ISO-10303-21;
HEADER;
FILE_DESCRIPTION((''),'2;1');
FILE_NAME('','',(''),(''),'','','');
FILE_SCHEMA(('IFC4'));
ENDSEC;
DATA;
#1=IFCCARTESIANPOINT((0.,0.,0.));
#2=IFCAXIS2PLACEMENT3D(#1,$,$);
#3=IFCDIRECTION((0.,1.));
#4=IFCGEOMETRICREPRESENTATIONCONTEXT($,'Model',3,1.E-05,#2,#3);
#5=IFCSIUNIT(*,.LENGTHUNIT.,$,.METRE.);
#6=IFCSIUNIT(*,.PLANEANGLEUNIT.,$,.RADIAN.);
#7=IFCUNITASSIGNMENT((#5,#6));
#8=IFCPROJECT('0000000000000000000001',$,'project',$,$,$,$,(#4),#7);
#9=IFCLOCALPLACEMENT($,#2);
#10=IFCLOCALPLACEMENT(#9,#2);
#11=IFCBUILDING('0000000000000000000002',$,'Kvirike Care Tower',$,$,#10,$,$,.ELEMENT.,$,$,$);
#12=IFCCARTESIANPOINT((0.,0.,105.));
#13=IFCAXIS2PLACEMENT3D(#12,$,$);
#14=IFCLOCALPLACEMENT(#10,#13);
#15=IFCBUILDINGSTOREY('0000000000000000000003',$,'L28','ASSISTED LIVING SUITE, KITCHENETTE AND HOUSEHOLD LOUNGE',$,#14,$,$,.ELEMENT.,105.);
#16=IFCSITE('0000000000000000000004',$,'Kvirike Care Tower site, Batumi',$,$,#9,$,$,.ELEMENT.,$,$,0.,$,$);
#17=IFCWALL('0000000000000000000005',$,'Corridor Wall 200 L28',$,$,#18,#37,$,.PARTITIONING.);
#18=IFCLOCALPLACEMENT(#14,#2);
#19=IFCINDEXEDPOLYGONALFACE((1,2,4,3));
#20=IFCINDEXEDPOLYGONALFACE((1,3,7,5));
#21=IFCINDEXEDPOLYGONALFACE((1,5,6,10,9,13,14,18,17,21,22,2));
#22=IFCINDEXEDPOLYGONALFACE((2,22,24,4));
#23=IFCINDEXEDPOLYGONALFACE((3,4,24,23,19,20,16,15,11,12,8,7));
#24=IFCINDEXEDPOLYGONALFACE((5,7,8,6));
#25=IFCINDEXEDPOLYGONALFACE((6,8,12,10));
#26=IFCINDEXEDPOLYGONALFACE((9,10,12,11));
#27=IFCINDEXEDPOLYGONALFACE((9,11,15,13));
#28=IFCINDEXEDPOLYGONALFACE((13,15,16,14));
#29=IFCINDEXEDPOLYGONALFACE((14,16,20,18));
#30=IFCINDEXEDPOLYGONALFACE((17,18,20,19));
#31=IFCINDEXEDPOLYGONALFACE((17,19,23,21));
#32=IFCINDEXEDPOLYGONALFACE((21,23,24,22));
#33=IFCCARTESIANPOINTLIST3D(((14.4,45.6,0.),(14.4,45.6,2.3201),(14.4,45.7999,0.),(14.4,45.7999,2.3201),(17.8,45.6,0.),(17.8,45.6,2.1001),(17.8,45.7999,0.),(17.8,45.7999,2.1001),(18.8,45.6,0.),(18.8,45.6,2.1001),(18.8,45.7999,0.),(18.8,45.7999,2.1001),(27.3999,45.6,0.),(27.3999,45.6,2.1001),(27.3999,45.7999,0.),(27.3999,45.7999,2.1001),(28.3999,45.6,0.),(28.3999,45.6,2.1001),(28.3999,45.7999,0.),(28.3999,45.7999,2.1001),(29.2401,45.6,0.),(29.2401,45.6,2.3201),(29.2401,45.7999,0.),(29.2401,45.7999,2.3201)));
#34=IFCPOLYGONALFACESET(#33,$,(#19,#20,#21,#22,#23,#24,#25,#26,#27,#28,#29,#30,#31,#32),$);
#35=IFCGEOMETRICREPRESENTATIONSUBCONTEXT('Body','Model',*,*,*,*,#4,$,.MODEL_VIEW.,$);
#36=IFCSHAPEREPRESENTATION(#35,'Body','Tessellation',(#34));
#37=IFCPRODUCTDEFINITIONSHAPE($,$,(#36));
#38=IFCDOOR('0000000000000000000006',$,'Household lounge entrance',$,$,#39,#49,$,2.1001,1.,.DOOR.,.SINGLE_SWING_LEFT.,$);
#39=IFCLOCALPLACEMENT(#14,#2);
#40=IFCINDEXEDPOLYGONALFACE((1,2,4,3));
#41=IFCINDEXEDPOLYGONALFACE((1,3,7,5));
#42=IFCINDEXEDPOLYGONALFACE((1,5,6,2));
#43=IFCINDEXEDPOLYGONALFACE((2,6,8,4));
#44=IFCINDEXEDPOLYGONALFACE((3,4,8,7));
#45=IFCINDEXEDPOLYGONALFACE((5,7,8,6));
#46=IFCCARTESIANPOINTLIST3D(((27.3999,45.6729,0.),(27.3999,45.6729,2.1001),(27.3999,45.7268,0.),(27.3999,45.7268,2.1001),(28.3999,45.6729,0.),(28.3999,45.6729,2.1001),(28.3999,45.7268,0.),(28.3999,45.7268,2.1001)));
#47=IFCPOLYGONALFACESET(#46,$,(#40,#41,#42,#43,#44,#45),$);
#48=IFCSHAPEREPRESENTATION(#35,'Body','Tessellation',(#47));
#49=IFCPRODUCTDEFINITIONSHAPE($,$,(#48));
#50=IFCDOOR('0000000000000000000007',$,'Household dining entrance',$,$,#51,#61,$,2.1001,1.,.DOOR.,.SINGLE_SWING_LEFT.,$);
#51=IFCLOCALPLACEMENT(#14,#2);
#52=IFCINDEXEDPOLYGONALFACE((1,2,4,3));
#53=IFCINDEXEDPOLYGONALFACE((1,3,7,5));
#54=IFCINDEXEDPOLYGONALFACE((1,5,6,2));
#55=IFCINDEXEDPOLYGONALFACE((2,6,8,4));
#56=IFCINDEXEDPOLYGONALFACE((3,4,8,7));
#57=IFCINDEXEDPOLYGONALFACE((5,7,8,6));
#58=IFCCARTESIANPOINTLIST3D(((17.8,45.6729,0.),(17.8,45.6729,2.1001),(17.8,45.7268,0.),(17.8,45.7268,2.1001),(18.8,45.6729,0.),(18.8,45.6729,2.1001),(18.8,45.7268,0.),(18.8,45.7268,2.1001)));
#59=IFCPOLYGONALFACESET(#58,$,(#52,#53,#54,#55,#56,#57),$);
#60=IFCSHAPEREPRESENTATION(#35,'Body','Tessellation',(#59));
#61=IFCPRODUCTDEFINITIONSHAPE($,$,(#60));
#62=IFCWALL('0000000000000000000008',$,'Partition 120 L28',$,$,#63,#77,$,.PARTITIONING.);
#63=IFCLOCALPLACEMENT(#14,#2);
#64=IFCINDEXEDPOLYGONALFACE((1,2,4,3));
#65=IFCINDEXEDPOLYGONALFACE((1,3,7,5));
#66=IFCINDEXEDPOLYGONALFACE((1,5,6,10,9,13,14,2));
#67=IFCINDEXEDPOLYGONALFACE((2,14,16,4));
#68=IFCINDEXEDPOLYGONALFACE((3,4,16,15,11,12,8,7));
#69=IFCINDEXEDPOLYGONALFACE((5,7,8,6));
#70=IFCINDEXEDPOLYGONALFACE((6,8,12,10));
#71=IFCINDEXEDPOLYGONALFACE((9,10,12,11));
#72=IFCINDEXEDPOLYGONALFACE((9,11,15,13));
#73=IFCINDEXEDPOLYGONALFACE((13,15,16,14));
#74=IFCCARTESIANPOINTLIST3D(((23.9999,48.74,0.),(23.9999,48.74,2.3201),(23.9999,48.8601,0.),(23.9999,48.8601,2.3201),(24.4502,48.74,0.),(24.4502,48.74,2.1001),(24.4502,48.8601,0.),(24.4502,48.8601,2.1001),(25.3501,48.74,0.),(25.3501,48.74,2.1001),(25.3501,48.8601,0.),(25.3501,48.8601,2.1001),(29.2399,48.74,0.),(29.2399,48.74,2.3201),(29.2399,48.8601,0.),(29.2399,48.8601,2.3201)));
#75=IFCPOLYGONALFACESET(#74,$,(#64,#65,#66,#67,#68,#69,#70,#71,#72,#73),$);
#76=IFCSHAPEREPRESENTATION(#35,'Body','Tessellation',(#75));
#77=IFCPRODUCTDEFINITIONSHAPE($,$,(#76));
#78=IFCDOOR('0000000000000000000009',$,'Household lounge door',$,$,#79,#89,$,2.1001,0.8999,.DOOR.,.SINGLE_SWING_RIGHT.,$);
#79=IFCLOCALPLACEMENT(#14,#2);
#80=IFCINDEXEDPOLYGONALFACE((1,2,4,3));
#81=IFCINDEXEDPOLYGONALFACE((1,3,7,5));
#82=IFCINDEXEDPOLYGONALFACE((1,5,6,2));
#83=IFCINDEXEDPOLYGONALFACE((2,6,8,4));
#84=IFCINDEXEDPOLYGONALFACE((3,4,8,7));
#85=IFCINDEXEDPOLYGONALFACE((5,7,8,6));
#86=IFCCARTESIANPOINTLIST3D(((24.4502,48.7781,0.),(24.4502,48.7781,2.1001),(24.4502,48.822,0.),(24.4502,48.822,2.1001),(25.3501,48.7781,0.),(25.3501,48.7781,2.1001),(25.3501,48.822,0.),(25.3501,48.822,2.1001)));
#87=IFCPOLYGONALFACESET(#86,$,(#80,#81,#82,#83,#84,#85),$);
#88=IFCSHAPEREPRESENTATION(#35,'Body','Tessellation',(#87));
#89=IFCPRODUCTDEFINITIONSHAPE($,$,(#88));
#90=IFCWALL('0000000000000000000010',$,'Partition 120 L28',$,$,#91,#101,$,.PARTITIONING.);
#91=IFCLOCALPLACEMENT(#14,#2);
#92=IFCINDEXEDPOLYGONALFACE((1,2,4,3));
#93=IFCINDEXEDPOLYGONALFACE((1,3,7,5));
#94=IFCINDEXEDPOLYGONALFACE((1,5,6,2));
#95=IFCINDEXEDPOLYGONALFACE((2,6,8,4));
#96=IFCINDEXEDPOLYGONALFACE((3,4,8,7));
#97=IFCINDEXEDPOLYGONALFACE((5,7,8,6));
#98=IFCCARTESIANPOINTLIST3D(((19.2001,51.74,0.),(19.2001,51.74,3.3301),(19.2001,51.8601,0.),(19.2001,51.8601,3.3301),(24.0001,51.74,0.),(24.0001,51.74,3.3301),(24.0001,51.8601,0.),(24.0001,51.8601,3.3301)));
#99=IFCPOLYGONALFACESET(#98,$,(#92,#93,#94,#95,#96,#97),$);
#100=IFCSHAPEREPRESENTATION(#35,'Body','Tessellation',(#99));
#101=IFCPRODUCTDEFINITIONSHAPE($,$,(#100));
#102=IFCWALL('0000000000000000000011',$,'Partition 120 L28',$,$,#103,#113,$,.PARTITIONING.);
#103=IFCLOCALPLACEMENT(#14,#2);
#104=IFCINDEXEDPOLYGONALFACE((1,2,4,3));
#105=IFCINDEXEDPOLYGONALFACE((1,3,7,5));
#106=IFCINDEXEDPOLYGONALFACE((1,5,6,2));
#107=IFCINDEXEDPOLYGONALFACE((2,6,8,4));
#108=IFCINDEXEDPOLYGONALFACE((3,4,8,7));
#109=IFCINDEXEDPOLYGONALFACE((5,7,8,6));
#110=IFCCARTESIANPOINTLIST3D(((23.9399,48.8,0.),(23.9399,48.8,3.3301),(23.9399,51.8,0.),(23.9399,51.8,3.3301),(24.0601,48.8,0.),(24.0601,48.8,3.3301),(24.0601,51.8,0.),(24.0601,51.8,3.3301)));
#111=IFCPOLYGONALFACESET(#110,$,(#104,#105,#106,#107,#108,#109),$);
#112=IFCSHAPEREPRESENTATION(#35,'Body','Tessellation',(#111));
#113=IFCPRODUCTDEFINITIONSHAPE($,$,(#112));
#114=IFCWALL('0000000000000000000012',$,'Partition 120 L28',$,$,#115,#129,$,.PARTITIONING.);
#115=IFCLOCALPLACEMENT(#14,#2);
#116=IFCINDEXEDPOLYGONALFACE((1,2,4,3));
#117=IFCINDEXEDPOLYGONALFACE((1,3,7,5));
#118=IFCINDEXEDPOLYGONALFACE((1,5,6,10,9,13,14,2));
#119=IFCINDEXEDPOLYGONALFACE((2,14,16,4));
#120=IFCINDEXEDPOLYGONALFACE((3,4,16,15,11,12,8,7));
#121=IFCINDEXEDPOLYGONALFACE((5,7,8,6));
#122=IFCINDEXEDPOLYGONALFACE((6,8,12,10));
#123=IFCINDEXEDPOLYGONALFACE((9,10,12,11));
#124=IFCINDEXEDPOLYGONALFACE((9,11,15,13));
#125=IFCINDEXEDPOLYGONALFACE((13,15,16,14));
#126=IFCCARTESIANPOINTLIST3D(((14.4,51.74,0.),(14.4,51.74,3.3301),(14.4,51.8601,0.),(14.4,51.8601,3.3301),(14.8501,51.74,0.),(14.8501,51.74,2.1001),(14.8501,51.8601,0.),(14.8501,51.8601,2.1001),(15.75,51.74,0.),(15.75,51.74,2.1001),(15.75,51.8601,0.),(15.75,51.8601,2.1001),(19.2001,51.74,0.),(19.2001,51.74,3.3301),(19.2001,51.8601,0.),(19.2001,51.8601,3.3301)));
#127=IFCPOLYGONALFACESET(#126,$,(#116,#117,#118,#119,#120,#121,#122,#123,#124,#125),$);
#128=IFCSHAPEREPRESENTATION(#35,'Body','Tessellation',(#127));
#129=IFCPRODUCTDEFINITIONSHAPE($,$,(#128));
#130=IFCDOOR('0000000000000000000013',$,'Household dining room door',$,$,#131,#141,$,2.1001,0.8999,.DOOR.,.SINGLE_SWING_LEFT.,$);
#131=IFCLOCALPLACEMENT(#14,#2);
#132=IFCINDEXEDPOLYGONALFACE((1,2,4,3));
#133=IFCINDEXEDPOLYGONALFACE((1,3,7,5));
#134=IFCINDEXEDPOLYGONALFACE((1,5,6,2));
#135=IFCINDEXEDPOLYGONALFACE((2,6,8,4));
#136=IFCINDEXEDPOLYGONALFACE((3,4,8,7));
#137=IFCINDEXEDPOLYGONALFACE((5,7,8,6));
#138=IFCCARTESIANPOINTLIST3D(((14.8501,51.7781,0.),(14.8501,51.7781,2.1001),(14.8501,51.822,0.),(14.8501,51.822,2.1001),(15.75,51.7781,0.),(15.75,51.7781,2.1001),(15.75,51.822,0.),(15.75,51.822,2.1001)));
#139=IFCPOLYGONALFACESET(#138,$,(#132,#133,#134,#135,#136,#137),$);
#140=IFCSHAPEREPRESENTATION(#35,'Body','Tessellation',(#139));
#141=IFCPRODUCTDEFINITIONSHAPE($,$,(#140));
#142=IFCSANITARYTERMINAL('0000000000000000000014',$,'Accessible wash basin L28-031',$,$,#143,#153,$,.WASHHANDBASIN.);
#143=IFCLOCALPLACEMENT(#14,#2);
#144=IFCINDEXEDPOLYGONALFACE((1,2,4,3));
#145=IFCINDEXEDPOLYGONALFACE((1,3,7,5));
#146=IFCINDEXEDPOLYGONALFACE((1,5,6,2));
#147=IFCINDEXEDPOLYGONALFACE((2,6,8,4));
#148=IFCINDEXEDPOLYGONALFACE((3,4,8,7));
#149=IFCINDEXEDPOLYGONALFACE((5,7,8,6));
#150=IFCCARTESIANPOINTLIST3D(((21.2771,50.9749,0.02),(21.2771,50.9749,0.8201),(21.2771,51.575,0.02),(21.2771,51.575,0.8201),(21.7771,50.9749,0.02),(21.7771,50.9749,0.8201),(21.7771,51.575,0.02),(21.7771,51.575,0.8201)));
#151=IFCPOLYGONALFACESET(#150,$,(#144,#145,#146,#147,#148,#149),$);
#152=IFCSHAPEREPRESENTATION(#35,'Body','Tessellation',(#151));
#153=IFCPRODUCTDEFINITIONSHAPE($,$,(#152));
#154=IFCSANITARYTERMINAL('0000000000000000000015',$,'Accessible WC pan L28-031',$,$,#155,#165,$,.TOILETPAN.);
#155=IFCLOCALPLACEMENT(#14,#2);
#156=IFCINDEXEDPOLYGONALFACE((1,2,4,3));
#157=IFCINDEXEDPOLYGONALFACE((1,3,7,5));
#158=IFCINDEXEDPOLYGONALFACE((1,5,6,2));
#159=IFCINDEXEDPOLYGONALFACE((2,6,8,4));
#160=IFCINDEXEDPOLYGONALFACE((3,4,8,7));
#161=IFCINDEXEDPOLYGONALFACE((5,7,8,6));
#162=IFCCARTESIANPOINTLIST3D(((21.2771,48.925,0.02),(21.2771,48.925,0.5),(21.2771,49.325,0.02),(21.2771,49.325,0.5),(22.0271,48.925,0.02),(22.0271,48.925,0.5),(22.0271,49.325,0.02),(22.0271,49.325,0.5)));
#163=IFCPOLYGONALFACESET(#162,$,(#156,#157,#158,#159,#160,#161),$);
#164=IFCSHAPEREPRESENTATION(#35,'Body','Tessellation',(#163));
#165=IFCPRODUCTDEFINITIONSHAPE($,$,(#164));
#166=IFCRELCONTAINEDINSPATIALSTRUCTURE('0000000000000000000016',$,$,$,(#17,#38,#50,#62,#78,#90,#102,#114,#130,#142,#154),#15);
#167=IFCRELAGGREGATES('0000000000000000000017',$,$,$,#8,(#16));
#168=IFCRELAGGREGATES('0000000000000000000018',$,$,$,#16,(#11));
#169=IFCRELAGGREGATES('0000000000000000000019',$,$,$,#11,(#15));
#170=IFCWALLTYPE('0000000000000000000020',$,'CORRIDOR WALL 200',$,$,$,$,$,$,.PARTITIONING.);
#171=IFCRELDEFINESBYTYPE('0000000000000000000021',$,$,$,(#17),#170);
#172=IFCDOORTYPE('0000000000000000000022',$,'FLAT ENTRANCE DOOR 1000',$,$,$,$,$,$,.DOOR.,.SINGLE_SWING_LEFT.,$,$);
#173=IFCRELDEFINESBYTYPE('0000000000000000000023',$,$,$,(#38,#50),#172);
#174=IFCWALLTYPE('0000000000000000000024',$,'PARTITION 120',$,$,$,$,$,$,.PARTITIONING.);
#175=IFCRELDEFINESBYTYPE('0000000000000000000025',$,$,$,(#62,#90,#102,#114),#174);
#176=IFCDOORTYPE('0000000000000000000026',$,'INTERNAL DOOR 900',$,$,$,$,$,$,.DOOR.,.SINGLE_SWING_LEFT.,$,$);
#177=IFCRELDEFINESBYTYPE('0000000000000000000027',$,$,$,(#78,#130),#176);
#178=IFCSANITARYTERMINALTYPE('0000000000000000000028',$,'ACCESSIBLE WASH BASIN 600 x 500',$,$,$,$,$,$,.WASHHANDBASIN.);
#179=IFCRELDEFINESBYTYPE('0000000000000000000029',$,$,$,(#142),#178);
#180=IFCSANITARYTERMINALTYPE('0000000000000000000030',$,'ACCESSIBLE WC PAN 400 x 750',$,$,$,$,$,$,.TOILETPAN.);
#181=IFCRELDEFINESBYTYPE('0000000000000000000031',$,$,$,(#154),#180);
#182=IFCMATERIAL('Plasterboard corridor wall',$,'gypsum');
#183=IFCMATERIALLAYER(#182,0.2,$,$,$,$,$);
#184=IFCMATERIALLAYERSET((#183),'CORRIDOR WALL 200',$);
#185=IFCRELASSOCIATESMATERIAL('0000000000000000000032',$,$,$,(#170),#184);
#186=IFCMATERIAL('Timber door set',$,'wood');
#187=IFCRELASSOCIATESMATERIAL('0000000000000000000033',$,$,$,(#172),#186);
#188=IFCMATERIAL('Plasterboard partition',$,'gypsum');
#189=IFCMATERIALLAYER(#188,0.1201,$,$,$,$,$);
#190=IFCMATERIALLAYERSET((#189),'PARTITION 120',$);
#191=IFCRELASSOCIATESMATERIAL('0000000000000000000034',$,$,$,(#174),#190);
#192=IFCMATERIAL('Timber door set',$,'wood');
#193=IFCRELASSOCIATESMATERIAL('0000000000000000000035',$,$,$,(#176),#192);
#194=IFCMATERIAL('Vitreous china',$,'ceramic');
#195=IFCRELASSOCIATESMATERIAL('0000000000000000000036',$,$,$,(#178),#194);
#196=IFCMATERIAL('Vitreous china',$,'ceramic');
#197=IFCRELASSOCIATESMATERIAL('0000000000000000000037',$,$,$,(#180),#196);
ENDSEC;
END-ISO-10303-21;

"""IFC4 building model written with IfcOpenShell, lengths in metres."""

from ifc_helpers import new_model, si_unit, direction, frame, frame_2d, origin, origin_2d, place, context, subcontext, project, spatial, rectangle, extrude, material, layer, layer_set, type_object, element, fill, save


model = new_model("IFC4")

# Units and contexts
model_context = context("Model", 3, precision=1e-05, world=origin(), true_north=direction((0.0, 1.0)))
body_context = subcontext(model_context, "Body", "Model", "MODEL_VIEW")
ifc_project = project(units=[si_unit("LENGTHUNIT", "METRE"), si_unit("PLANEANGLEUNIT", "RADIAN")], contexts=[model_context])

# Site, building, storey
site_placement = place(None, origin())
site = spatial("IfcSite", under=ifc_project, at=site_placement, Name="Kvirike Care Tower site, Batumi", CompositionType="ELEMENT", RefElevation=0.0)
building_placement = place(site_placement, origin())
building = spatial("IfcBuilding", under=site, at=building_placement, Name="Kvirike Care Tower", CompositionType="ELEMENT")
storey_placement = place(building_placement, frame((0.0, 0.0, 105.0)))
storey = spatial("IfcBuildingStorey", under=building, at=storey_placement, Name="L28", Description="ASSISTED LIVING SUITE, KITCHENETTE AND HOUSEHOLD LOUNGE", CompositionType="ELEMENT", Elevation=105.0)

# Wall, openings, doors
ifc_material_1 = material(Name="Plasterboard corridor wall", Category="gypsum")
ifc_layer_1 = layer(ifc_material_1, 0.2)
ifc_layer_set_1 = layer_set([ifc_layer_1], Name="CORRIDOR WALL 200")
wall_type_1 = type_object("IfcWallType", Name="CORRIDOR WALL 200", PredefinedType="PARTITIONING", material=ifc_layer_set_1)
wall_1_placement = place(storey_placement, frame((29.24, 45.7, 0.0), z_axis=(0.0, 0.0, 1.0), x_axis=(-1.0, 0.0, 0.0)))
wall_1 = element("IfcWall", 1, at=wall_1_placement, inside=storey, type_object=wall_type_1, Name="Corridor Wall 200 L28", PredefinedType="PARTITIONING", context=body_context, shape_type="SweptSolid", body=[
    extrude(rectangle(XDim=14.8401, YDim=0.2, at=frame_2d((7.4199, 0.0))), origin(), (0.0, 0.0, 1.0), 2.3201),
])
opening_1_placement = place(wall_1_placement, frame((0.8401, 0.0, 0.0)))
opening_1 = element("IfcOpeningElement", 2, at=opening_1_placement, cuts=wall_1, PredefinedType="OPENING", context=body_context, shape_type="SweptSolid", body=[
    extrude(rectangle(XDim=1.0, YDim=2.1001, at=frame_2d((0.5, 1.05))), frame((0.0, 0.1106, 0.0), z_axis=(0.0, -1.0, 0.0), x_axis=(1.0, 0.0, 0.0)), (0.0, 0.0, 1.0), 0.2209),
])
opening_2_placement = place(wall_1_placement, frame((10.4399, 0.0, 0.0)))
opening_2 = element("IfcOpeningElement", 3, at=opening_2_placement, cuts=wall_1, PredefinedType="OPENING", context=body_context, shape_type="SweptSolid", body=[
    extrude(rectangle(XDim=1.0, YDim=2.1001, at=frame_2d((0.5, 1.05))), frame((0.0, 0.1106, 0.0), z_axis=(0.0, -1.0, 0.0), x_axis=(1.0, 0.0, 0.0)), (0.0, 0.0, 1.0), 0.2209),
])
ifc_material_2 = material(Name="Timber door set", Category="wood")
door_type_1 = type_object("IfcDoorType", Name="FLAT ENTRANCE DOOR 1000", OperationType="SINGLE_SWING_LEFT", PredefinedType="DOOR", material=ifc_material_2)
door_1_placement = place(opening_1_placement, frame((1.0, 0.0, 0.0), z_axis=(0.0, 0.0, 1.0), x_axis=(-1.0, 0.0, 0.0)))
door_1 = element("IfcDoor", 4, at=door_1_placement, inside=storey, type_object=door_type_1, Name="Household lounge entrance", OperationType="SINGLE_SWING_LEFT", OverallHeight=2.1001, OverallWidth=1.0, PredefinedType="DOOR", context=body_context, shape_type="SweptSolid", body=[
    extrude(rectangle(XDim=1.0, YDim=2.1001, at=frame_2d((0.5, 1.05))), frame((0.0, 0.0269, 0.0), z_axis=(0.0, -1.0, 0.0), x_axis=(1.0, 0.0, 0.0)), (0.0, 0.0, 1.0), 0.054),
])
fill(opening_1, door_1)
door_2_placement = place(opening_2_placement, frame((1.0, 0.0, 0.0), z_axis=(0.0, 0.0, 1.0), x_axis=(-1.0, 0.0, 0.0)))
door_2 = element("IfcDoor", 5, at=door_2_placement, inside=storey, type_object=door_type_1, Name="Household dining entrance", OperationType="SINGLE_SWING_LEFT", OverallHeight=2.1001, OverallWidth=1.0, PredefinedType="DOOR", context=body_context, shape_type="SweptSolid", body=[
    extrude(rectangle(XDim=1.0, YDim=2.1001, at=frame_2d((0.5, 1.05))), frame((0.0, 0.0269, 0.0), z_axis=(0.0, -1.0, 0.0), x_axis=(1.0, 0.0, 0.0)), (0.0, 0.0, 1.0), 0.054),
])
fill(opening_2, door_2)

# Wall, opening, door
ifc_material_3 = material(Name="Plasterboard partition", Category="gypsum")
ifc_layer_2 = layer(ifc_material_3, 0.1201)
ifc_layer_set_2 = layer_set([ifc_layer_2], Name="PARTITION 120")
wall_type_2 = type_object("IfcWallType", Name="PARTITION 120", PredefinedType="PARTITIONING", material=ifc_layer_set_2)
wall_2_placement = place(storey_placement, frame((29.24, 48.8, 0.0), z_axis=(0.0, 0.0, 1.0), x_axis=(-1.0, 0.0, 0.0)))
wall_2 = element("IfcWall", 6, at=wall_2_placement, inside=storey, type_object=wall_type_2, Name="Partition 120 L28", PredefinedType="PARTITIONING", context=body_context, shape_type="SweptSolid", body=[
    extrude(rectangle(XDim=5.24, YDim=0.1201, at=frame_2d((2.6201, 0.0))), origin(), (0.0, 0.0, 1.0), 2.3201),
])
opening_3_placement = place(wall_2_placement, frame((3.8899, 0.0, 0.0)))
opening_3 = element("IfcOpeningElement", 7, at=opening_3_placement, cuts=wall_2, PredefinedType="OPENING", context=body_context, shape_type="SweptSolid", body=[
    extrude(rectangle(XDim=0.8999, YDim=2.1001, at=frame_2d((0.45, 1.05))), frame((0.0, 0.0706, 0.0), z_axis=(0.0, -1.0, 0.0), x_axis=(1.0, 0.0, 0.0)), (0.0, 0.0, 1.0), 0.1411),
])
ifc_material_4 = material(Name="Timber door set", Category="wood")
door_type_2 = type_object("IfcDoorType", Name="INTERNAL DOOR 900", OperationType="SINGLE_SWING_LEFT", PredefinedType="DOOR", material=ifc_material_4)
door_3_placement = place(opening_3_placement, origin())
door_3 = element("IfcDoor", 8, at=door_3_placement, inside=storey, type_object=door_type_2, Name="Household lounge door", OperationType="SINGLE_SWING_RIGHT", OverallHeight=2.1001, OverallWidth=0.8999, PredefinedType="DOOR", context=body_context, shape_type="SweptSolid", body=[
    extrude(rectangle(XDim=0.8999, YDim=2.1001, at=frame_2d((0.45, 1.05))), frame((0.0, 0.022, 0.0), z_axis=(0.0, -1.0, 0.0), x_axis=(1.0, 0.0, 0.0)), (0.0, 0.0, 1.0), 0.0439),
])
fill(opening_3, door_3)

# Walls
wall_3_placement = place(storey_placement, frame((24.0, 51.8, 0.0), z_axis=(0.0, 0.0, 1.0), x_axis=(-1.0, 0.0, 0.0)))
element("IfcWall", 9, at=wall_3_placement, inside=storey, type_object=wall_type_2, Name="Partition 120 L28", PredefinedType="PARTITIONING", context=body_context, shape_type="SweptSolid", body=[
    extrude(rectangle(XDim=4.8, YDim=0.1201, at=frame_2d((2.3999, 0.0))), origin(), (0.0, 0.0, 1.0), 3.3301),
])
wall_4_placement = place(storey_placement, frame((24.0, 51.8, 0.0), z_axis=(0.0, 0.0, 1.0), x_axis=(0.0, -1.0, 0.0)))
element("IfcWall", 10, at=wall_4_placement, inside=storey, type_object=wall_type_2, Name="Partition 120 L28", PredefinedType="PARTITIONING", context=body_context, shape_type="SweptSolid", body=[
    extrude(rectangle(XDim=3.0, YDim=0.1201, at=frame_2d((1.5, 0.0))), origin(), (0.0, 0.0, 1.0), 3.3301),
])

# Wall, opening, door
wall_5_placement = place(storey_placement, frame((19.2, 51.8, 0.0), z_axis=(0.0, 0.0, 1.0), x_axis=(-1.0, 0.0, 0.0)))
wall_5 = element("IfcWall", 11, at=wall_5_placement, inside=storey, type_object=wall_type_2, Name="Partition 120 L28", PredefinedType="PARTITIONING", context=body_context, shape_type="SweptSolid", body=[
    extrude(rectangle(XDim=4.8, YDim=0.1201, at=frame_2d((2.3999, 0.0))), origin(), (0.0, 0.0, 1.0), 3.3301),
])
opening_4_placement = place(wall_5_placement, frame((3.45, 0.0, 0.0)))
opening_4 = element("IfcOpeningElement", 12, at=opening_4_placement, cuts=wall_5, PredefinedType="OPENING", context=body_context, shape_type="SweptSolid", body=[
    extrude(rectangle(XDim=0.8999, YDim=2.1001, at=frame_2d((0.45, 1.05))), frame((0.0, 0.0706, 0.0), z_axis=(0.0, -1.0, 0.0), x_axis=(1.0, 0.0, 0.0)), (0.0, 0.0, 1.0), 0.1411),
])
door_4_placement = place(opening_4_placement, origin())
door_4 = element("IfcDoor", 13, at=door_4_placement, inside=storey, type_object=door_type_2, Name="Household dining room door", OperationType="SINGLE_SWING_LEFT", OverallHeight=2.1001, OverallWidth=0.8999, PredefinedType="DOOR", context=body_context, shape_type="SweptSolid", body=[
    extrude(rectangle(XDim=0.8999, YDim=2.1001, at=frame_2d((0.45, 1.05))), frame((0.0, 0.022, 0.0), z_axis=(0.0, -1.0, 0.0), x_axis=(1.0, 0.0, 0.0)), (0.0, 0.0, 1.0), 0.0439),
])
fill(opening_4, door_4)

# Sanitary terminals
ifc_material_5 = material(Name="Vitreous china", Category="ceramic")
sanitary_terminal_type_1 = type_object("IfcSanitaryTerminalType", Name="ACCESSIBLE WASH BASIN 600 x 500", PredefinedType="WASHHANDBASIN", material=ifc_material_5)
sanitary_terminal_1_placement = place(storey_placement, frame((21.5271, 51.2749, 0.02), z_axis=(0.0, 0.0, 1.0), x_axis=(0.0, 1.0, 0.0)))
element("IfcSanitaryTerminal", 14, at=sanitary_terminal_1_placement, inside=storey, type_object=sanitary_terminal_type_1, Name="Accessible wash basin L28-031", PredefinedType="WASHHANDBASIN", context=body_context, shape_type="SweptSolid", body=[
    extrude(rectangle(XDim=0.6001, YDim=0.5, at=origin_2d()), origin(), (0.0, 0.0, 1.0), 0.8),
])
ifc_material_6 = material(Name="Vitreous china", Category="ceramic")
sanitary_terminal_type_2 = type_object("IfcSanitaryTerminalType", Name="ACCESSIBLE WC PAN 400 x 750", PredefinedType="TOILETPAN", material=ifc_material_6)
sanitary_terminal_2_placement = place(storey_placement, frame((21.6521, 49.125, 0.02), z_axis=(0.0, 0.0, 1.0), x_axis=(0.0, 1.0, 0.0)))
element("IfcSanitaryTerminal", 15, at=sanitary_terminal_2_placement, inside=storey, type_object=sanitary_terminal_type_2, Name="Accessible WC pan L28-031", PredefinedType="TOILETPAN", context=body_context, shape_type="SweptSolid", body=[
    extrude(rectangle(XDim=0.3999, YDim=0.75, at=origin_2d()), origin(), (0.0, 0.0, 1.0), 0.48),
])

save(model, "model.ifc")
